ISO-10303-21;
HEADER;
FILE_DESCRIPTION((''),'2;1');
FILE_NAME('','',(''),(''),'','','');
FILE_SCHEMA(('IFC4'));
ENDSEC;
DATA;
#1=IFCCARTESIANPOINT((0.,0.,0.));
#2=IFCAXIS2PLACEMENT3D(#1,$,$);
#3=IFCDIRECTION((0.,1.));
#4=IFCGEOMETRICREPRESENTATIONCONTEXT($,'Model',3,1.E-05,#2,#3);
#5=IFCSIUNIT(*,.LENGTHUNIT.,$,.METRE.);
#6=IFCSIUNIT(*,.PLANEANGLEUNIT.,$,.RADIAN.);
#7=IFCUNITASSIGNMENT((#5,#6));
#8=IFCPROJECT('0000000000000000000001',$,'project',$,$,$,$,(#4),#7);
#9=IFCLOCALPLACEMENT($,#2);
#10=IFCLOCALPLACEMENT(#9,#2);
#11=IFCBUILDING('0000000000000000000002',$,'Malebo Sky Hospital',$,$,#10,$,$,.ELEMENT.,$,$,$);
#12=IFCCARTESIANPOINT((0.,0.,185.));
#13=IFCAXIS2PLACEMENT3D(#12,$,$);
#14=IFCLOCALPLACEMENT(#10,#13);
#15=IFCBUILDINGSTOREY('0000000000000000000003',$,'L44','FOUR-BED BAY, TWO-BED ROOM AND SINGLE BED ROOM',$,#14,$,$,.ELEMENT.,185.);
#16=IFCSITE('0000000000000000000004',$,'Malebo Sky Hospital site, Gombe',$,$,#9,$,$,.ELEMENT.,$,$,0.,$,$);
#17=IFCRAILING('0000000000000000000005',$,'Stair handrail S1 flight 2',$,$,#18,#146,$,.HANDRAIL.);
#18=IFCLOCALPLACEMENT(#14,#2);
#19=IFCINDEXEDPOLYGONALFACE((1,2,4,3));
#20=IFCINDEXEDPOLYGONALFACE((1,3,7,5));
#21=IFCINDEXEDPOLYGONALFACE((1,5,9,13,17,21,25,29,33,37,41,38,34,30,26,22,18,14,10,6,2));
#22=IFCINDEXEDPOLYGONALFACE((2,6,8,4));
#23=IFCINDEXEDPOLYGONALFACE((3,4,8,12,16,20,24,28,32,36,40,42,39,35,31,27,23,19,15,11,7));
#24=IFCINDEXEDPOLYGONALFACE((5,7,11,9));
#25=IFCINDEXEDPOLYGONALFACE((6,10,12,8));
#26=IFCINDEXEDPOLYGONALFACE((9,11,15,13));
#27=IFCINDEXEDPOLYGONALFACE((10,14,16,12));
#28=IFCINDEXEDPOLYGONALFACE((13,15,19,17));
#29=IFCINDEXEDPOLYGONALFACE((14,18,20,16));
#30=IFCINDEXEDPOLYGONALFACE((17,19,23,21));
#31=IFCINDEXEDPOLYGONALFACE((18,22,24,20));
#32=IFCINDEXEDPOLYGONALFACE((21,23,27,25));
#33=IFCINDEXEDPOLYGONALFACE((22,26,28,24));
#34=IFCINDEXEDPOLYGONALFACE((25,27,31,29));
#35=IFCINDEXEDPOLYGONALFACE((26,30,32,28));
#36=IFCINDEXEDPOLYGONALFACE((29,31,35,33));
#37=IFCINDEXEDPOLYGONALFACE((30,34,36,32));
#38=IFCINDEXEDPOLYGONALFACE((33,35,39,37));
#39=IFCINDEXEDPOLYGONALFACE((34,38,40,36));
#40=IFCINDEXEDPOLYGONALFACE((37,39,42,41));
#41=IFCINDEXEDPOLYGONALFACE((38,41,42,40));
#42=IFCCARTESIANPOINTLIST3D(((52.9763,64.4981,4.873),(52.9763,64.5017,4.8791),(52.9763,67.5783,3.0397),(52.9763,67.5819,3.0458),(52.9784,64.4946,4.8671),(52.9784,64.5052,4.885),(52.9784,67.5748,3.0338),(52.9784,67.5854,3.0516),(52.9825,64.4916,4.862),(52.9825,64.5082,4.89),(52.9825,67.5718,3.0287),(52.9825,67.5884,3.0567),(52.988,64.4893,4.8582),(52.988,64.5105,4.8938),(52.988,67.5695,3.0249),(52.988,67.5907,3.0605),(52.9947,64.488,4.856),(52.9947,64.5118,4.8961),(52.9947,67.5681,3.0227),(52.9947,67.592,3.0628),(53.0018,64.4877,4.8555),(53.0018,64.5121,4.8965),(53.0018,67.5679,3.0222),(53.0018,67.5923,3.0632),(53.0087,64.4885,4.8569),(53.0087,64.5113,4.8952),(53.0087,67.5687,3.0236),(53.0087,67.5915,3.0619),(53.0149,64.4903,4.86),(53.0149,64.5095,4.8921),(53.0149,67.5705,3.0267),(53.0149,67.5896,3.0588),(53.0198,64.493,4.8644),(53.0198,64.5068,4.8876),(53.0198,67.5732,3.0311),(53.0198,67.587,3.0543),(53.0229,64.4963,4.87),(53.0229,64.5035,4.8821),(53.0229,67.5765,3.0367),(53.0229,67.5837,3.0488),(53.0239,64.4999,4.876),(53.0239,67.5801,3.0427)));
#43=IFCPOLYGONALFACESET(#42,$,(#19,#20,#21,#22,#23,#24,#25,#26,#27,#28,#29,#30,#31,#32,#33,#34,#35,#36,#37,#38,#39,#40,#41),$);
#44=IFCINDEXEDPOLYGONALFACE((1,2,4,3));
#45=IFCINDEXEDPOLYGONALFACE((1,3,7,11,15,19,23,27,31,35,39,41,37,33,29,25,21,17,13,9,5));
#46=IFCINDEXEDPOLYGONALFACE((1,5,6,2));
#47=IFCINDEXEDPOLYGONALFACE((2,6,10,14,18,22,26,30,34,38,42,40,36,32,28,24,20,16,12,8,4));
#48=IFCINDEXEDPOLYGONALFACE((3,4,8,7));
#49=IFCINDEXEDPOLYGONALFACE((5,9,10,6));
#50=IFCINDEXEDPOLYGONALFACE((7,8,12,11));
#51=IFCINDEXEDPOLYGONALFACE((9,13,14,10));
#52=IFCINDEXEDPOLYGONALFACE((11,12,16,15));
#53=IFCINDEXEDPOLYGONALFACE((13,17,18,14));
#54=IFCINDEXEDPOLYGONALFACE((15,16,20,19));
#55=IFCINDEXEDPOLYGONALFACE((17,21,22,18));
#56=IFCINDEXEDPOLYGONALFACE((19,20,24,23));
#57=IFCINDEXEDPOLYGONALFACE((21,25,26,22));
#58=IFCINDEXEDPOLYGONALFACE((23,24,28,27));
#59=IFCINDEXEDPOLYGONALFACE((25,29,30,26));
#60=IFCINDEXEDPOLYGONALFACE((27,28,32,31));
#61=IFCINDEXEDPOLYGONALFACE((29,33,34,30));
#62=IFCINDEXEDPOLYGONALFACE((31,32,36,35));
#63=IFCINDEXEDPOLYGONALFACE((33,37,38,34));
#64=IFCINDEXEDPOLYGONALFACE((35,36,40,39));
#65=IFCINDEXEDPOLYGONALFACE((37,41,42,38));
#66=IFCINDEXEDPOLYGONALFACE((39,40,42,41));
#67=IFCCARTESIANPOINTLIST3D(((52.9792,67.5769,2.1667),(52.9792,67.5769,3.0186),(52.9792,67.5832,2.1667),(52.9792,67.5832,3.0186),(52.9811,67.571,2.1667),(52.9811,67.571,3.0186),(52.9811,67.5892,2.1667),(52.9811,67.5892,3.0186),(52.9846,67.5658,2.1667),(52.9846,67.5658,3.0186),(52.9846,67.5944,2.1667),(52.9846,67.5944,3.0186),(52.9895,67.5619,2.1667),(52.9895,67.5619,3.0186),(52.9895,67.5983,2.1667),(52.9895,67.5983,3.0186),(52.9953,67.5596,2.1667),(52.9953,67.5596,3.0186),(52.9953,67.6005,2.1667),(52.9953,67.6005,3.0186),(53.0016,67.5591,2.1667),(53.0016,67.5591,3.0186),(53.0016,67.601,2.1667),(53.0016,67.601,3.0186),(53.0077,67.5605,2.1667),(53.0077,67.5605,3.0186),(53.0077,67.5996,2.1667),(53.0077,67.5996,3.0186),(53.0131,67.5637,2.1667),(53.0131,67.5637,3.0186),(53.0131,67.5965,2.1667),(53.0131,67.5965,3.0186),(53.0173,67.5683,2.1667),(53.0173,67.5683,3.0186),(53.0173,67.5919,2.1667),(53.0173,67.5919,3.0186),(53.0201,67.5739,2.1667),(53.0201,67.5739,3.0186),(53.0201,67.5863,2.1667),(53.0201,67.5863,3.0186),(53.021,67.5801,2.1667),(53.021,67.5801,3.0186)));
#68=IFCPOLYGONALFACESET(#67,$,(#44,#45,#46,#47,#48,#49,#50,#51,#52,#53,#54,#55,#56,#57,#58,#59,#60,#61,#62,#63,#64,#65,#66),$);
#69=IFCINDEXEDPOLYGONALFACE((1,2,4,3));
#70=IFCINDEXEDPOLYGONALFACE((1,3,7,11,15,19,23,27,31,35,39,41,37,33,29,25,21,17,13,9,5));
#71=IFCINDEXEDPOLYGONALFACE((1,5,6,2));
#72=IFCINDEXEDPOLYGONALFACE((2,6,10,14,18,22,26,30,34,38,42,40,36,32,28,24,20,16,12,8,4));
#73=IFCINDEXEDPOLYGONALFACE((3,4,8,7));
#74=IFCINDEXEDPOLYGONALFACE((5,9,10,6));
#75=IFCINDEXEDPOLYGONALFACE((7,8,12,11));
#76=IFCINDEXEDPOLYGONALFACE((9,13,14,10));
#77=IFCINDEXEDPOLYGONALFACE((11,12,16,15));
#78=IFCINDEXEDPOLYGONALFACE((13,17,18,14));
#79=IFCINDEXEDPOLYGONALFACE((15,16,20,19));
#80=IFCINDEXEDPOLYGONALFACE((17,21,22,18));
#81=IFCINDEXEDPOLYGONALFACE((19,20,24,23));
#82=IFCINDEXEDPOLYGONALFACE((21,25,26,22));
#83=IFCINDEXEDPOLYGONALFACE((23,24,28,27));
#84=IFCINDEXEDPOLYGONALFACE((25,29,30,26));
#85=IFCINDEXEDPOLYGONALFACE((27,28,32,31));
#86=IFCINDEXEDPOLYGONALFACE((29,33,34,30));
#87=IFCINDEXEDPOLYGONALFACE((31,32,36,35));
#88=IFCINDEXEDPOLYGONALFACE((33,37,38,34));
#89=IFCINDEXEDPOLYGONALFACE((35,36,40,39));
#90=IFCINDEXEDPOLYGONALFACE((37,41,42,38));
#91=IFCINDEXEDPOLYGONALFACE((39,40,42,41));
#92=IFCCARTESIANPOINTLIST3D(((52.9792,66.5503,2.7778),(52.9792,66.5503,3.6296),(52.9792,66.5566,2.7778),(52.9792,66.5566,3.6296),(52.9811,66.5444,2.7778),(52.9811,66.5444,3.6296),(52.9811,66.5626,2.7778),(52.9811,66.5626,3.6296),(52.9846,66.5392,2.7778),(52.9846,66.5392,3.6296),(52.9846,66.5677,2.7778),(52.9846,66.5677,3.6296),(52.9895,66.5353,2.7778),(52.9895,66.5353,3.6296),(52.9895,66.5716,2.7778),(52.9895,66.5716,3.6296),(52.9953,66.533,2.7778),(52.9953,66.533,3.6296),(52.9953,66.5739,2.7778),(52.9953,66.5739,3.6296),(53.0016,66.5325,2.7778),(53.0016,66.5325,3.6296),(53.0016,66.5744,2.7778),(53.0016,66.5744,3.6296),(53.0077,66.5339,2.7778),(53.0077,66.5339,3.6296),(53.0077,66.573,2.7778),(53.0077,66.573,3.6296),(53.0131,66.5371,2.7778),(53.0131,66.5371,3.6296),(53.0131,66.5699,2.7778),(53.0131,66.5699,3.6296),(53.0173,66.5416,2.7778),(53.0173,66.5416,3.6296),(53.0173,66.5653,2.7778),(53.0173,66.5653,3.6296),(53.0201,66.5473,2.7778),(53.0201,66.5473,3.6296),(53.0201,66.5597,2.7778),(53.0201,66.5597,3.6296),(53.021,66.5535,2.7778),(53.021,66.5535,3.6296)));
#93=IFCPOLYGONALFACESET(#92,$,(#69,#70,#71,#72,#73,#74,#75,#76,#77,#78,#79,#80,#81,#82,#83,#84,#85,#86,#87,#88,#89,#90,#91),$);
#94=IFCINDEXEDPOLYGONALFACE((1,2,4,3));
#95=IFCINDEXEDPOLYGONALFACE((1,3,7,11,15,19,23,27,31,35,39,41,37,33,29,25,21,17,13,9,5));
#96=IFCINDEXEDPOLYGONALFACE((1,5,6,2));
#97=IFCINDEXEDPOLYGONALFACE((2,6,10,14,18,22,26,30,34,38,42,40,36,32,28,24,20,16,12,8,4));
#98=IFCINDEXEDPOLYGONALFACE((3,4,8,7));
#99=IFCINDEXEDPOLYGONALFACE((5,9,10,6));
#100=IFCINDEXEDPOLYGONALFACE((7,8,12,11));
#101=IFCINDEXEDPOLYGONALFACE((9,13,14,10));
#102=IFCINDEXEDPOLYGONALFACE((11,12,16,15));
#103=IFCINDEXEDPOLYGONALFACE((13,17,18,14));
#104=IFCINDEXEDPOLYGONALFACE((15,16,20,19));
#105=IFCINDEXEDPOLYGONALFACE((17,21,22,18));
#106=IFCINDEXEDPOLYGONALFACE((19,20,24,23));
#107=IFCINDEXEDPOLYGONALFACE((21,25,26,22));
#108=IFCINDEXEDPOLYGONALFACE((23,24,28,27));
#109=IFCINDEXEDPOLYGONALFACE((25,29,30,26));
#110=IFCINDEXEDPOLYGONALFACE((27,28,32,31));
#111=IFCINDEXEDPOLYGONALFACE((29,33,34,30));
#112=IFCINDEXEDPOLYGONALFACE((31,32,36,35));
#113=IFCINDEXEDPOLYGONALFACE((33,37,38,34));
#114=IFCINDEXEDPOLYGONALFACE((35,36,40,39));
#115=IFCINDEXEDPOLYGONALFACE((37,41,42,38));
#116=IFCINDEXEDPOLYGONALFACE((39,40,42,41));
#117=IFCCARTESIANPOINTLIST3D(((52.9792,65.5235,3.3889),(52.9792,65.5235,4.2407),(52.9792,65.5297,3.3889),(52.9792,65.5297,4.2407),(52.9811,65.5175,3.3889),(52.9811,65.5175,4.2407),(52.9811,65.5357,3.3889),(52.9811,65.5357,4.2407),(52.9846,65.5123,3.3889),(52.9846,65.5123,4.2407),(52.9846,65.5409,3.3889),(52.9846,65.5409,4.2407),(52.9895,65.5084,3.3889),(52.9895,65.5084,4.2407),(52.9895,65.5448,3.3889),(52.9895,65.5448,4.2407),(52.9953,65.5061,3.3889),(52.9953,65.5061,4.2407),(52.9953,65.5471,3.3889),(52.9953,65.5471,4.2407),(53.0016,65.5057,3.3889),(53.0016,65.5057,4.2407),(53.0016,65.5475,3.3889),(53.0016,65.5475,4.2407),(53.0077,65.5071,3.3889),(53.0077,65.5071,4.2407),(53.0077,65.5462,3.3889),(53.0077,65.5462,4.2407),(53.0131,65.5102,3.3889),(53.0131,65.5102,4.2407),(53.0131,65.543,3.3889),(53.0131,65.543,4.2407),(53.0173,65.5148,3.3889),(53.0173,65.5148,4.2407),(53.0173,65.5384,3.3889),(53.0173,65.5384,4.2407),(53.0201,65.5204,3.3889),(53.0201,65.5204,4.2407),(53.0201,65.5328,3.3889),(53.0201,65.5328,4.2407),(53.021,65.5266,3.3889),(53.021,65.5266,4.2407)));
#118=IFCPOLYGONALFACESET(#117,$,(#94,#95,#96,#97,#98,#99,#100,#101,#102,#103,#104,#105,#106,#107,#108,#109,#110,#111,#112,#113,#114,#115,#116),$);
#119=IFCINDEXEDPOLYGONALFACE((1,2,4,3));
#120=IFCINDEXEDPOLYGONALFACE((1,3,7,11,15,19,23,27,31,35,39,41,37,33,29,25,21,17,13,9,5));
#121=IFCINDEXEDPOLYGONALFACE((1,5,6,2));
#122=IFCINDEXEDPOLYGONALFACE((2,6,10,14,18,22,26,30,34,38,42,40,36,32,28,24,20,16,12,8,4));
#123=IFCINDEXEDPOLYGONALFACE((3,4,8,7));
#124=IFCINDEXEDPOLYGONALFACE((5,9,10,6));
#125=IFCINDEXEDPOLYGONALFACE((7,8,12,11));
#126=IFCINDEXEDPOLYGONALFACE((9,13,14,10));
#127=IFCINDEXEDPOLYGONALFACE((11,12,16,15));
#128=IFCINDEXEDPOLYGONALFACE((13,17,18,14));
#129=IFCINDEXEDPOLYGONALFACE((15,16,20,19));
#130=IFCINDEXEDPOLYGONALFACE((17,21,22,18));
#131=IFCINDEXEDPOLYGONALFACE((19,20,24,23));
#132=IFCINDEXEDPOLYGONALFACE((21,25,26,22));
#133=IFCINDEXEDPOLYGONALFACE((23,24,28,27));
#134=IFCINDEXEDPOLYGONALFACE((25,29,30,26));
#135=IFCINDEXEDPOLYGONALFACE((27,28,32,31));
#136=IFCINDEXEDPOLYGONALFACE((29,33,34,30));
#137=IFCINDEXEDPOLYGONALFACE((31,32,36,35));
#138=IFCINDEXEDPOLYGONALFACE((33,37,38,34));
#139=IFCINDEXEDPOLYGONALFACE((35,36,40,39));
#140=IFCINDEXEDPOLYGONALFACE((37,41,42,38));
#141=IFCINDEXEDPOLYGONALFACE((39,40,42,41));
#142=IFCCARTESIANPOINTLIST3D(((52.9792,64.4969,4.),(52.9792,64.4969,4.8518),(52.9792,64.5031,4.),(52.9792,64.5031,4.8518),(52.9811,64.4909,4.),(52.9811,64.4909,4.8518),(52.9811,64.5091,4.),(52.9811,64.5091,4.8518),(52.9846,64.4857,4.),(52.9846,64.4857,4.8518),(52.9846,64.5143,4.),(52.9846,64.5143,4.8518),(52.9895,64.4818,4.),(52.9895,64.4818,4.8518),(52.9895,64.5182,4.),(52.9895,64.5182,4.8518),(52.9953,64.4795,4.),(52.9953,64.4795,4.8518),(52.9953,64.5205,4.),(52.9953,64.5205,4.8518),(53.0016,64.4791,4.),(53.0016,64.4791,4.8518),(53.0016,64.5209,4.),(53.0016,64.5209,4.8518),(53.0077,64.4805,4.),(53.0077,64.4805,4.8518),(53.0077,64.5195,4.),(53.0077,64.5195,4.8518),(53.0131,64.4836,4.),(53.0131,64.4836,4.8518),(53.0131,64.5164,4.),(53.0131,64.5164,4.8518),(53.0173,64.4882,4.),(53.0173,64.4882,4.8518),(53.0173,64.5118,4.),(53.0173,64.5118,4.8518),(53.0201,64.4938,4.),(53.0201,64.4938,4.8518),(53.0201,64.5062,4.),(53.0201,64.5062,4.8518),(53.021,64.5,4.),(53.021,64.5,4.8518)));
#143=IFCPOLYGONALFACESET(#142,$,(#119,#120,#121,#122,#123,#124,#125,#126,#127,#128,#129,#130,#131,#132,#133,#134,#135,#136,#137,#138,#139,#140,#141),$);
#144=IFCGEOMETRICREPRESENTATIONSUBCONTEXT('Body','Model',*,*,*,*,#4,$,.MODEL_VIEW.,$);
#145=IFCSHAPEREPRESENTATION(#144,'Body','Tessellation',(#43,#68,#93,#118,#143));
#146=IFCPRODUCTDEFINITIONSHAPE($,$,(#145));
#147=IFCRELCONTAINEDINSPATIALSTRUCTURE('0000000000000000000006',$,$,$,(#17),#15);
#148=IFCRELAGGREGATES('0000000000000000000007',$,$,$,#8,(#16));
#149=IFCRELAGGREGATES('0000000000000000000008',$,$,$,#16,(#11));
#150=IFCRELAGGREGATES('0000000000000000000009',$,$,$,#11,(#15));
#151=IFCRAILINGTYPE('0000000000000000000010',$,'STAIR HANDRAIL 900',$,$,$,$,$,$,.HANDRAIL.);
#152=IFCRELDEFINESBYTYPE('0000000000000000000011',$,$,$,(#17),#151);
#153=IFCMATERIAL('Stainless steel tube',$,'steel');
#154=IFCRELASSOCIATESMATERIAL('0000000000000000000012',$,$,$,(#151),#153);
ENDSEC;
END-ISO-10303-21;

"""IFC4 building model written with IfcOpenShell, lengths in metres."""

from ifc_helpers import new_model, si_unit, direction, frame, origin, origin_2d, place, context, subcontext, project, spatial, circle, extrude, material, type_object, element, save


model = new_model("IFC4")

# Units and contexts
model_context = context("Model", 3, precision=1e-05, world=origin(), true_north=direction((0.0, 1.0)))
body_context = subcontext(model_context, "Body", "Model", "MODEL_VIEW")
ifc_project = project(units=[si_unit("LENGTHUNIT", "METRE"), si_unit("PLANEANGLEUNIT", "RADIAN")], contexts=[model_context])

# Site, building, storey
site_placement = place(None, origin())
site = spatial("IfcSite", under=ifc_project, at=site_placement, Name="Malebo Sky Hospital site, Gombe", CompositionType="ELEMENT", RefElevation=0.0)
building_placement = place(site_placement, origin())
building = spatial("IfcBuilding", under=site, at=building_placement, Name="Malebo Sky Hospital", CompositionType="ELEMENT")
storey_placement = place(building_placement, frame((0.0, 0.0, 185.0)))
storey = spatial("IfcBuildingStorey", under=building, at=storey_placement, Name="L44", Description="FOUR-BED BAY, TWO-BED ROOM AND SINGLE BED ROOM", CompositionType="ELEMENT", Elevation=185.0)

# Railing
ifc_material_1 = material(Name="Stainless steel tube", Category="steel")
railing_type = type_object("IfcRailingType", Name="STAIR HANDRAIL 900", PredefinedType="HANDRAIL", material=ifc_material_1)
railing_1_placement = place(storey_placement, frame((53.0, 67.5801, 2.1667)))
element("IfcRailing", 1, at=railing_1_placement, inside=storey, type_object=railing_type, Name="Stair handrail S1 flight 2", PredefinedType="HANDRAIL", context=body_context, shape_type="SweptSolid", body=[
    extrude(circle(Radius=0.0239, at=origin_2d()), frame((0.0, 0.0, 0.876), z_axis=(0.0, -0.859309, 0.511458), x_axis=(1.0, 0.0, 0.0)), (0.0, 0.0, 1.0), 3.5845),
    extrude(circle(Radius=0.021, at=origin_2d()), origin(), (0.0, 0.0, 1.0), 0.8518),
    extrude(circle(Radius=0.021, at=origin_2d()), frame((0.0, -1.0266, 0.6111)), (0.0, 0.0, 1.0), 0.8518),
    extrude(circle(Radius=0.021, at=origin_2d()), frame((0.0, -2.0535, 1.2222)), (0.0, 0.0, 1.0), 0.8518),
    extrude(circle(Radius=0.021, at=origin_2d()), frame((0.0, -3.0801, 1.8333)), (0.0, 0.0, 1.0), 0.8518),
])

save(model, "model.ifc")
